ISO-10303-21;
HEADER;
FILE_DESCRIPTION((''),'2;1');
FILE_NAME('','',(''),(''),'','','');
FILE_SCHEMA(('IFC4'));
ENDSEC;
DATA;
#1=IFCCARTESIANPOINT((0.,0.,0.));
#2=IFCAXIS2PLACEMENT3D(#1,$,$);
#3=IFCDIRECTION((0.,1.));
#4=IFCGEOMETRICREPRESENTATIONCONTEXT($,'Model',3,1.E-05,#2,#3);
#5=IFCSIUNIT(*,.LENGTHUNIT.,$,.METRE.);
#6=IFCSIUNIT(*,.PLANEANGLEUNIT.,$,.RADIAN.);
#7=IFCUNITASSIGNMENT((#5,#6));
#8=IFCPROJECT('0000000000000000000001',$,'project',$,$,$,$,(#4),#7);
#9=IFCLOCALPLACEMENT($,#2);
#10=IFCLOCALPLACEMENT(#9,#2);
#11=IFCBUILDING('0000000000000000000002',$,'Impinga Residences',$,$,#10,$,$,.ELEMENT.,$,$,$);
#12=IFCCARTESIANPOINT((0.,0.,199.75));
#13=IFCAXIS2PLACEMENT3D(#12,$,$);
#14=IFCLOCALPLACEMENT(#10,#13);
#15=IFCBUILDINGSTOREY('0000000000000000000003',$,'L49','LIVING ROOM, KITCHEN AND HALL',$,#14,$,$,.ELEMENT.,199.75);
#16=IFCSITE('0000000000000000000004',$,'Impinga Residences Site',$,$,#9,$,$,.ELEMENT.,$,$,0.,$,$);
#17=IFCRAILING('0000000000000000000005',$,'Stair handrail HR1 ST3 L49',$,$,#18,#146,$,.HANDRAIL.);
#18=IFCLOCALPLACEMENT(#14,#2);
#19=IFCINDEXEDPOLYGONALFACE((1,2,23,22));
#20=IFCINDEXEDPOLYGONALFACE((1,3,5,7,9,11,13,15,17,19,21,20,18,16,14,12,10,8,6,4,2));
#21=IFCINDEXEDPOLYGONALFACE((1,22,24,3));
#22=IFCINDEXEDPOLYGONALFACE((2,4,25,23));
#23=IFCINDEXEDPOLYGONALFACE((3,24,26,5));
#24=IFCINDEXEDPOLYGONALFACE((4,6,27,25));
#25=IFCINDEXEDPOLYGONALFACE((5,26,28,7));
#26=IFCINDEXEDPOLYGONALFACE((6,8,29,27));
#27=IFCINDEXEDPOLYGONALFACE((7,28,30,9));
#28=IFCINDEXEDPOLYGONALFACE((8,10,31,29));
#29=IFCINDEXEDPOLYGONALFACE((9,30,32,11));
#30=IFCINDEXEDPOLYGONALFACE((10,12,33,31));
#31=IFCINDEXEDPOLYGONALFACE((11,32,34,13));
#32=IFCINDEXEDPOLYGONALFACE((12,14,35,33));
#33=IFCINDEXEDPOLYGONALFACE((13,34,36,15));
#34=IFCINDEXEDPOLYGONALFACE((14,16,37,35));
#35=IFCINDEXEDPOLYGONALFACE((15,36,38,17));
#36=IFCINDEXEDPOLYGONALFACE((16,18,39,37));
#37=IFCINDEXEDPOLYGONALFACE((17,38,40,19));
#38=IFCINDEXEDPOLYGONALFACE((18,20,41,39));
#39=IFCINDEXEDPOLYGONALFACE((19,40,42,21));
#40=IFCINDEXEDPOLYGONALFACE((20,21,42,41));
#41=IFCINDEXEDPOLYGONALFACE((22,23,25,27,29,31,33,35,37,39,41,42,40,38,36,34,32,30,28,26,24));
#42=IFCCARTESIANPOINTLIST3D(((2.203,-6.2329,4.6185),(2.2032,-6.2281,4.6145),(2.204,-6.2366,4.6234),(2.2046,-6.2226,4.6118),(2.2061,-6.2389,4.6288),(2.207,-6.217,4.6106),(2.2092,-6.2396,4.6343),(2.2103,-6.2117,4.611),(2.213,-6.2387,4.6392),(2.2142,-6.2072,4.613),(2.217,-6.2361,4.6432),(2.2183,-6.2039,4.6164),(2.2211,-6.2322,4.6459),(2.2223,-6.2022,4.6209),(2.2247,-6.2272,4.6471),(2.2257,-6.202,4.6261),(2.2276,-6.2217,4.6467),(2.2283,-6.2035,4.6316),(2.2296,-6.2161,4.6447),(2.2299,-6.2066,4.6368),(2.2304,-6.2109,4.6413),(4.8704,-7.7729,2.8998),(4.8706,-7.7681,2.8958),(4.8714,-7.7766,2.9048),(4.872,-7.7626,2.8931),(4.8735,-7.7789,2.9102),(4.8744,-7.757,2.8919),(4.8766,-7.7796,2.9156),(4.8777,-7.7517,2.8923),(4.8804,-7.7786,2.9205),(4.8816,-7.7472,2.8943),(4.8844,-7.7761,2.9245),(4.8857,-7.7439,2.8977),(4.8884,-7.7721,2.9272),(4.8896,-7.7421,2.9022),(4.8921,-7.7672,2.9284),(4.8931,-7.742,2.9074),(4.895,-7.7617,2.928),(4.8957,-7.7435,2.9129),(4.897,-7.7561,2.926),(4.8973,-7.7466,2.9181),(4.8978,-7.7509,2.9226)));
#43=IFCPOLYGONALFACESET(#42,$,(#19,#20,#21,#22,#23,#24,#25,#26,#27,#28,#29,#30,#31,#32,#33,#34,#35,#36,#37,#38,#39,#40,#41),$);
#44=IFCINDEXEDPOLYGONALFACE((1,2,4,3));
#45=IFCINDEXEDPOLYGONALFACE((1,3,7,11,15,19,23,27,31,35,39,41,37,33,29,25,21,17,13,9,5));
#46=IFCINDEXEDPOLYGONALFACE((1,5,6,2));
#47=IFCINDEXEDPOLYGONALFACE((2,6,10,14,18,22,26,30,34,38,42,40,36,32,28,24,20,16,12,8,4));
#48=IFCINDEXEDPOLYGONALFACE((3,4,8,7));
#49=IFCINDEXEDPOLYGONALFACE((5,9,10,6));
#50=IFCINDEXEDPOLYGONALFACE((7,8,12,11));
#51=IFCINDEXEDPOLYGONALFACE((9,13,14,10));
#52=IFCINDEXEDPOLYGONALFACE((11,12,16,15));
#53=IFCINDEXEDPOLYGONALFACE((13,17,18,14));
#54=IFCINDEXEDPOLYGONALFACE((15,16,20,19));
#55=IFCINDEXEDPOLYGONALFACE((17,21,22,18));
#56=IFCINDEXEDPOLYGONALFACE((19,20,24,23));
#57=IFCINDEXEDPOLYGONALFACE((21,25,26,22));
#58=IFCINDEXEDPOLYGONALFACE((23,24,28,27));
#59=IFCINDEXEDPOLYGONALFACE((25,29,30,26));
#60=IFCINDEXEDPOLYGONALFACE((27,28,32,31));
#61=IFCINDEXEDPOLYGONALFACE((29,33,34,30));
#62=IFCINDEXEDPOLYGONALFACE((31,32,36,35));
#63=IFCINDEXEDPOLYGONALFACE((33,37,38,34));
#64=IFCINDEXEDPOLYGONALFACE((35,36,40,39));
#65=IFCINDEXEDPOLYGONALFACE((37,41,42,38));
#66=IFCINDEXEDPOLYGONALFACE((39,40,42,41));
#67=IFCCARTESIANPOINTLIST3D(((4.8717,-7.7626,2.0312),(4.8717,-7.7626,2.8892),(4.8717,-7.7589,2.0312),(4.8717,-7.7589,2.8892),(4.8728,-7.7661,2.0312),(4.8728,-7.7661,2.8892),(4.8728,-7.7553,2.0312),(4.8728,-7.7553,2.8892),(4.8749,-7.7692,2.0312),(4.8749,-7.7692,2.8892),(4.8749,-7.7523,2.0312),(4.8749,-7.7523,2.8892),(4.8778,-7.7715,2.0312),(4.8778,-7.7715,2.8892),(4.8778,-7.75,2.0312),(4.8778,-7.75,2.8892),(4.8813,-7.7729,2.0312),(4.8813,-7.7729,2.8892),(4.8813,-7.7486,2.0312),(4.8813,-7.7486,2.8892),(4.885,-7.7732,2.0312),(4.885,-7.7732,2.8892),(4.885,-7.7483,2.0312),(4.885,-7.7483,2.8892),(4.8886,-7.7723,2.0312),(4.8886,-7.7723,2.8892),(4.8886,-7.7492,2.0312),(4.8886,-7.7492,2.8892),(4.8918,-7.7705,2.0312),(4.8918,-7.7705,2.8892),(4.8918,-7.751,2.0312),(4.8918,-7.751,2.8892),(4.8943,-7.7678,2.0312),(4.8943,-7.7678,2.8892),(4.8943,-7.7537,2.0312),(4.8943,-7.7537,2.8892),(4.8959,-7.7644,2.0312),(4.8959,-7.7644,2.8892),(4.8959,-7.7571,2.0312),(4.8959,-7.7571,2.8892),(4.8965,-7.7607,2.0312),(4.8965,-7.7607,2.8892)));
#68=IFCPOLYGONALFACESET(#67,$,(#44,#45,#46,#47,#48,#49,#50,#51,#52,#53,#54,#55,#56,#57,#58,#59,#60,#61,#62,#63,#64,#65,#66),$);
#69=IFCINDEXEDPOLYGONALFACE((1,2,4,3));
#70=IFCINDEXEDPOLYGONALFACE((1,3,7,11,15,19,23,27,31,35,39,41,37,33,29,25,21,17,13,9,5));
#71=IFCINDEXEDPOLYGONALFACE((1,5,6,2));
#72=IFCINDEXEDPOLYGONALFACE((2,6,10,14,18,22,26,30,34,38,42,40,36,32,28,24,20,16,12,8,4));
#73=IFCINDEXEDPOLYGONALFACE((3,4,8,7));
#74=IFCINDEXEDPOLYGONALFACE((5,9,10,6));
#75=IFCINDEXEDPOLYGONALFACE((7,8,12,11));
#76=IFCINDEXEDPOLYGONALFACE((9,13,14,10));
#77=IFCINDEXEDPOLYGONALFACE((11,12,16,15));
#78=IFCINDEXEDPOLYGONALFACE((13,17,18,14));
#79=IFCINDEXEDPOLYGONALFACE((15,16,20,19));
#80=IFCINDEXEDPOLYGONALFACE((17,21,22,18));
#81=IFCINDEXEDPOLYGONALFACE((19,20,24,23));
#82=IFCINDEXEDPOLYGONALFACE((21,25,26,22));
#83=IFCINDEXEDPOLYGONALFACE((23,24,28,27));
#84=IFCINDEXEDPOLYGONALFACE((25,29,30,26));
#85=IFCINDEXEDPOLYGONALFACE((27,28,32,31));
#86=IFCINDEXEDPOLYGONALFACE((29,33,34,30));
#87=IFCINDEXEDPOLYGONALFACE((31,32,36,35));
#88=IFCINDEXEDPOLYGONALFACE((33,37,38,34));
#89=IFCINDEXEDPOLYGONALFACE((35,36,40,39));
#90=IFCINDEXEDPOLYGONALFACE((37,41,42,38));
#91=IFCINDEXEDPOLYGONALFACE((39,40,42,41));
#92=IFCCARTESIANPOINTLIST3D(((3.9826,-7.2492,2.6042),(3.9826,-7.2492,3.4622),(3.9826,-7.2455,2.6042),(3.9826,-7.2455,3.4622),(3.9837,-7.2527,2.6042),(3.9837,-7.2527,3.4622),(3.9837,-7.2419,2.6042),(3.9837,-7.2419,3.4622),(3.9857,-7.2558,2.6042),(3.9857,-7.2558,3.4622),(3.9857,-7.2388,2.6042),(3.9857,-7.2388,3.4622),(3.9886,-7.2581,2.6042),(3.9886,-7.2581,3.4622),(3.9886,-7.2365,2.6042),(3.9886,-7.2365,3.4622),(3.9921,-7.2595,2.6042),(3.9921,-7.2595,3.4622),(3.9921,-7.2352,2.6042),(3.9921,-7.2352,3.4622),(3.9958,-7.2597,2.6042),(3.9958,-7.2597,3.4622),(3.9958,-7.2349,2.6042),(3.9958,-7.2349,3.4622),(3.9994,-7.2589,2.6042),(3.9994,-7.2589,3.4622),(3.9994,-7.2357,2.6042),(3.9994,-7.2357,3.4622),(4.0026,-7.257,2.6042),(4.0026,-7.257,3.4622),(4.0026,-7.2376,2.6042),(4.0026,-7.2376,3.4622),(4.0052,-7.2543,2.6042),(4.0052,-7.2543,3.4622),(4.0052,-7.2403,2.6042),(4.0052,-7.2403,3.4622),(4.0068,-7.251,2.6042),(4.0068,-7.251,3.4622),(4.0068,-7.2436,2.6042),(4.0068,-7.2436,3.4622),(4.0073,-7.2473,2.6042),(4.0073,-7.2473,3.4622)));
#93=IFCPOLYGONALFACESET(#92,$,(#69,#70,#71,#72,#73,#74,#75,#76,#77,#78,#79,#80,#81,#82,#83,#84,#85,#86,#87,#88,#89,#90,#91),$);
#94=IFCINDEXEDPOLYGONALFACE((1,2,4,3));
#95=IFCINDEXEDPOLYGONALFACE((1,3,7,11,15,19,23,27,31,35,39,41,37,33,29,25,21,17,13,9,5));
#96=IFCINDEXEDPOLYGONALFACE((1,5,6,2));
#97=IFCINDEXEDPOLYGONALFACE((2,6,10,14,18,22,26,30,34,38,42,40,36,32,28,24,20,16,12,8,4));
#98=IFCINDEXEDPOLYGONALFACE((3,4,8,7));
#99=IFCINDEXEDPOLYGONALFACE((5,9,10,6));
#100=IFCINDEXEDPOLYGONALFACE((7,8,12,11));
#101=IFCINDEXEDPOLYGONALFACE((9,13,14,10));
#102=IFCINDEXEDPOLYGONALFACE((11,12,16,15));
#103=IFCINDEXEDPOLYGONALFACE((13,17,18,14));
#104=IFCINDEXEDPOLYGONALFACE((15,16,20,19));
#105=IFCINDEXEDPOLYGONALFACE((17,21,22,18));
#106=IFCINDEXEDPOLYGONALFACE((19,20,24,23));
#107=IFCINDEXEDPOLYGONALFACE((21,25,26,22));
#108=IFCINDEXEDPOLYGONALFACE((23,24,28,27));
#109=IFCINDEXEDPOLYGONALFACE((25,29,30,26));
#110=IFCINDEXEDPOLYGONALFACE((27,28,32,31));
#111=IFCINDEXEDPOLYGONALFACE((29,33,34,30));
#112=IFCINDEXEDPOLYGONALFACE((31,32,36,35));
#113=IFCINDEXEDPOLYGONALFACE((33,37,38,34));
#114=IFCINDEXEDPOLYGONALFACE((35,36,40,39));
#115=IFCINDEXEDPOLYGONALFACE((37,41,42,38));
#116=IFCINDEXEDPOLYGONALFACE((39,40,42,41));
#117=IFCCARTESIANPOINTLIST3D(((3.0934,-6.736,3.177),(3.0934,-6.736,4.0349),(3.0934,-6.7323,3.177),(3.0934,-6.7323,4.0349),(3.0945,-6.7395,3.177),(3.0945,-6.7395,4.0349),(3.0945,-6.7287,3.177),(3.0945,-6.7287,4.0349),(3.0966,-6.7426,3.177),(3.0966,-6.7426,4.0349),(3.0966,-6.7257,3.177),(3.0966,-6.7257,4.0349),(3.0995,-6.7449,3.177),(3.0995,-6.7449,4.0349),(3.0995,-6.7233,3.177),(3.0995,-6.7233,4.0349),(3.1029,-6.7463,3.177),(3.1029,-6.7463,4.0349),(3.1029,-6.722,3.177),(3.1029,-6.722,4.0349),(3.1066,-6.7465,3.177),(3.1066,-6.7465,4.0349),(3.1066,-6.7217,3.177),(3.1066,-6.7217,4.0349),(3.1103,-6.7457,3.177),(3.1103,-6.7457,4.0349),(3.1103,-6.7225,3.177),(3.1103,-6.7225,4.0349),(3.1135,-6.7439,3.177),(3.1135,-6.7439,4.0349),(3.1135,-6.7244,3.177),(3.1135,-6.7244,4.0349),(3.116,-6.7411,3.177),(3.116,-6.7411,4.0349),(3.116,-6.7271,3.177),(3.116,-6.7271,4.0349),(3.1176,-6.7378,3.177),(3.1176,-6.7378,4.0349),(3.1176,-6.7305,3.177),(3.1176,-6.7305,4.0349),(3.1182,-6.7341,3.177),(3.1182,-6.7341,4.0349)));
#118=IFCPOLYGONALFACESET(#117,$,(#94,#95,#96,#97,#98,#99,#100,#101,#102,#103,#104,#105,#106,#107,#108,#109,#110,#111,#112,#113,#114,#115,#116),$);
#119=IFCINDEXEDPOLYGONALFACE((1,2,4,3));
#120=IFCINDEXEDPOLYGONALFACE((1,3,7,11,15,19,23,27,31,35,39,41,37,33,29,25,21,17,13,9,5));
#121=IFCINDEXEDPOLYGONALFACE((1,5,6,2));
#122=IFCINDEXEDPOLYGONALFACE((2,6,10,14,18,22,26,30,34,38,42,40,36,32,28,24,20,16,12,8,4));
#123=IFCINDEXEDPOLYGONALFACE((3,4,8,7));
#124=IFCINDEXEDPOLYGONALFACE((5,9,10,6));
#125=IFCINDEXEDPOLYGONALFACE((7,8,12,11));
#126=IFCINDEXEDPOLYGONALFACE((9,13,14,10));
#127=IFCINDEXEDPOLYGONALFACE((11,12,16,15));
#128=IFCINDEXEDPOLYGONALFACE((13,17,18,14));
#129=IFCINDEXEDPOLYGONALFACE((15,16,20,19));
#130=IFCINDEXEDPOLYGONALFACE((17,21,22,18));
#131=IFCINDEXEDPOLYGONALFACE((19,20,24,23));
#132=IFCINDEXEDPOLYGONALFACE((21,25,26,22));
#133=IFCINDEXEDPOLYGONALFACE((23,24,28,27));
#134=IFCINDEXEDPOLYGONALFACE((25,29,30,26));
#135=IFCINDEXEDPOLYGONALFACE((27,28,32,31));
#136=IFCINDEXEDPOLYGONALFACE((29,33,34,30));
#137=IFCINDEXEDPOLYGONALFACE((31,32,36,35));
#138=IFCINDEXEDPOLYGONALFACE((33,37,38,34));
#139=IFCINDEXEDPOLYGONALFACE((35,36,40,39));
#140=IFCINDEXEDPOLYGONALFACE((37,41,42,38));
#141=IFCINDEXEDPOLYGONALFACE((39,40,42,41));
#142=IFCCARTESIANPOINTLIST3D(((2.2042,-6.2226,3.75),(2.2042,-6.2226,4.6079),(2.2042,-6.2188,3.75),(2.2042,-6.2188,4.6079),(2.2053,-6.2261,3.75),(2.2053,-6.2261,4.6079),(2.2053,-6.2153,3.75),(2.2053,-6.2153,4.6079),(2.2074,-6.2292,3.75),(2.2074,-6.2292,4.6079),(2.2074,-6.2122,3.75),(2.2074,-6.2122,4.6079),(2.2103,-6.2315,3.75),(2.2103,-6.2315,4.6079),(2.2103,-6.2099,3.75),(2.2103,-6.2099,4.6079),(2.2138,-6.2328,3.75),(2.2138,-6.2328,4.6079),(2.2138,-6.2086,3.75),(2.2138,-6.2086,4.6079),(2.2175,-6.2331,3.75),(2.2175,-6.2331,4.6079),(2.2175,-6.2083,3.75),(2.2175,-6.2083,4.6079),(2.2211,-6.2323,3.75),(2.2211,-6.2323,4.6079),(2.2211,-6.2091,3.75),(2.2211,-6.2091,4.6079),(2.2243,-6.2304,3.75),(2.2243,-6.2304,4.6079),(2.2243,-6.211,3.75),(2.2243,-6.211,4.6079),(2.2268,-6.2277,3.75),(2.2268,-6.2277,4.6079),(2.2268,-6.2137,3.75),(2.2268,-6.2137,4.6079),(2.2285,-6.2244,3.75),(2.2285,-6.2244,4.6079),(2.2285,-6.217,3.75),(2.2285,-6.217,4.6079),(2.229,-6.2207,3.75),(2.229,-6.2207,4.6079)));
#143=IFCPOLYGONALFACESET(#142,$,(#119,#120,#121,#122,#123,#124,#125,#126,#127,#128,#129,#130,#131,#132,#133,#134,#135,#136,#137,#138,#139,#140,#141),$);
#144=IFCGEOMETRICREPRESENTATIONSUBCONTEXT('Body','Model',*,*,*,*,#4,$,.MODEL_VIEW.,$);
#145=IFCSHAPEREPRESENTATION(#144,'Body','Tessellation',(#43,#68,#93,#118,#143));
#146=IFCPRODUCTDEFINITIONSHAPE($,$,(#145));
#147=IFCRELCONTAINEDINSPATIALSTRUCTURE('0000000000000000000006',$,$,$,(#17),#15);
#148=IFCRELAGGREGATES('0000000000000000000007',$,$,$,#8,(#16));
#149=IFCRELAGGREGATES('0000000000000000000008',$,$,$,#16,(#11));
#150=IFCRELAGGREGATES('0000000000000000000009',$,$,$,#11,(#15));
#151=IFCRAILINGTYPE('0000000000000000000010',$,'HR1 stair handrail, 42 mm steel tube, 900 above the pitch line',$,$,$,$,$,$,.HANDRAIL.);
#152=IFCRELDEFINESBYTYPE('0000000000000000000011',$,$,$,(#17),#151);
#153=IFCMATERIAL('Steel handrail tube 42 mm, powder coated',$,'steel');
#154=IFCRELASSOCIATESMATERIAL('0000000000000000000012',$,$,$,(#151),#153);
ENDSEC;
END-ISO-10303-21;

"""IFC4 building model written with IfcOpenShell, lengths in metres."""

from ifc_helpers import new_model, si_unit, direction, frame, origin, origin_2d, place, context, subcontext, project, spatial, circle, extrude, material, type_object, element, save


model = new_model("IFC4")

# Units and contexts
model_context = context("Model", 3, precision=1e-05, world=origin(), true_north=direction((0.0, 1.0)))
body_context = subcontext(model_context, "Body", "Model", "MODEL_VIEW")
ifc_project = project(units=[si_unit("LENGTHUNIT", "METRE"), si_unit("PLANEANGLEUNIT", "RADIAN")], contexts=[model_context])

# Site, building, storey
site_placement = place(None, origin())
site = spatial("IfcSite", under=ifc_project, at=site_placement, Name="Impinga Residences Site", CompositionType="ELEMENT", RefElevation=0.0)
building_placement = place(site_placement, origin())
building = spatial("IfcBuilding", under=site, at=building_placement, Name="Impinga Residences", CompositionType="ELEMENT")
storey_placement = place(building_placement, frame((0.0, 0.0, 199.75)))
storey = spatial("IfcBuildingStorey", under=building, at=storey_placement, Name="L49", Description="LIVING ROOM, KITCHEN AND HALL", CompositionType="ELEMENT", Elevation=199.75)

# Railing
ifc_material_1 = material(Name="Steel handrail tube 42 mm, powder coated", Category="steel")
railing_type_1 = type_object("IfcRailingType", Name="HR1 stair handrail, 42 mm steel tube, 900 above the pitch line", PredefinedType="HANDRAIL", material=ifc_material_1)
railing_1_placement = place(storey_placement, frame((4.884, -7.7607, 2.0312)))
element("IfcRailing", 1, at=railing_1_placement, inside=storey, type_object=railing_type_1, Name="Stair handrail HR1 ST3 L49", PredefinedType="HANDRAIL", context=body_context, shape_type="SweptSolid", body=[
    extrude(circle(Radius=0.021, at=origin_2d()), frame((0.0, 0.0, 0.8789), z_axis=(-0.756256, 0.436616, 0.487282), x_axis=(-0.499992, -0.86603, 0.0)), (0.0, 0.0, 1.0), 3.5271),
    extrude(circle(Radius=0.0125, at=origin_2d()), origin(), (0.0, 0.0, 1.0), 0.8579),
    extrude(circle(Radius=0.0125, at=origin_2d()), frame((-0.8892, 0.5134, 0.573)), (0.0, 0.0, 1.0), 0.8579),
    extrude(circle(Radius=0.0125, at=origin_2d()), frame((-1.7783, 1.0266, 1.1458)), (0.0, 0.0, 1.0), 0.8579),
    extrude(circle(Radius=0.0125, at=origin_2d()), frame((-2.6675, 1.54, 1.7188)), (0.0, 0.0, 1.0), 0.8579),
])

save(model, "model.ifc")
